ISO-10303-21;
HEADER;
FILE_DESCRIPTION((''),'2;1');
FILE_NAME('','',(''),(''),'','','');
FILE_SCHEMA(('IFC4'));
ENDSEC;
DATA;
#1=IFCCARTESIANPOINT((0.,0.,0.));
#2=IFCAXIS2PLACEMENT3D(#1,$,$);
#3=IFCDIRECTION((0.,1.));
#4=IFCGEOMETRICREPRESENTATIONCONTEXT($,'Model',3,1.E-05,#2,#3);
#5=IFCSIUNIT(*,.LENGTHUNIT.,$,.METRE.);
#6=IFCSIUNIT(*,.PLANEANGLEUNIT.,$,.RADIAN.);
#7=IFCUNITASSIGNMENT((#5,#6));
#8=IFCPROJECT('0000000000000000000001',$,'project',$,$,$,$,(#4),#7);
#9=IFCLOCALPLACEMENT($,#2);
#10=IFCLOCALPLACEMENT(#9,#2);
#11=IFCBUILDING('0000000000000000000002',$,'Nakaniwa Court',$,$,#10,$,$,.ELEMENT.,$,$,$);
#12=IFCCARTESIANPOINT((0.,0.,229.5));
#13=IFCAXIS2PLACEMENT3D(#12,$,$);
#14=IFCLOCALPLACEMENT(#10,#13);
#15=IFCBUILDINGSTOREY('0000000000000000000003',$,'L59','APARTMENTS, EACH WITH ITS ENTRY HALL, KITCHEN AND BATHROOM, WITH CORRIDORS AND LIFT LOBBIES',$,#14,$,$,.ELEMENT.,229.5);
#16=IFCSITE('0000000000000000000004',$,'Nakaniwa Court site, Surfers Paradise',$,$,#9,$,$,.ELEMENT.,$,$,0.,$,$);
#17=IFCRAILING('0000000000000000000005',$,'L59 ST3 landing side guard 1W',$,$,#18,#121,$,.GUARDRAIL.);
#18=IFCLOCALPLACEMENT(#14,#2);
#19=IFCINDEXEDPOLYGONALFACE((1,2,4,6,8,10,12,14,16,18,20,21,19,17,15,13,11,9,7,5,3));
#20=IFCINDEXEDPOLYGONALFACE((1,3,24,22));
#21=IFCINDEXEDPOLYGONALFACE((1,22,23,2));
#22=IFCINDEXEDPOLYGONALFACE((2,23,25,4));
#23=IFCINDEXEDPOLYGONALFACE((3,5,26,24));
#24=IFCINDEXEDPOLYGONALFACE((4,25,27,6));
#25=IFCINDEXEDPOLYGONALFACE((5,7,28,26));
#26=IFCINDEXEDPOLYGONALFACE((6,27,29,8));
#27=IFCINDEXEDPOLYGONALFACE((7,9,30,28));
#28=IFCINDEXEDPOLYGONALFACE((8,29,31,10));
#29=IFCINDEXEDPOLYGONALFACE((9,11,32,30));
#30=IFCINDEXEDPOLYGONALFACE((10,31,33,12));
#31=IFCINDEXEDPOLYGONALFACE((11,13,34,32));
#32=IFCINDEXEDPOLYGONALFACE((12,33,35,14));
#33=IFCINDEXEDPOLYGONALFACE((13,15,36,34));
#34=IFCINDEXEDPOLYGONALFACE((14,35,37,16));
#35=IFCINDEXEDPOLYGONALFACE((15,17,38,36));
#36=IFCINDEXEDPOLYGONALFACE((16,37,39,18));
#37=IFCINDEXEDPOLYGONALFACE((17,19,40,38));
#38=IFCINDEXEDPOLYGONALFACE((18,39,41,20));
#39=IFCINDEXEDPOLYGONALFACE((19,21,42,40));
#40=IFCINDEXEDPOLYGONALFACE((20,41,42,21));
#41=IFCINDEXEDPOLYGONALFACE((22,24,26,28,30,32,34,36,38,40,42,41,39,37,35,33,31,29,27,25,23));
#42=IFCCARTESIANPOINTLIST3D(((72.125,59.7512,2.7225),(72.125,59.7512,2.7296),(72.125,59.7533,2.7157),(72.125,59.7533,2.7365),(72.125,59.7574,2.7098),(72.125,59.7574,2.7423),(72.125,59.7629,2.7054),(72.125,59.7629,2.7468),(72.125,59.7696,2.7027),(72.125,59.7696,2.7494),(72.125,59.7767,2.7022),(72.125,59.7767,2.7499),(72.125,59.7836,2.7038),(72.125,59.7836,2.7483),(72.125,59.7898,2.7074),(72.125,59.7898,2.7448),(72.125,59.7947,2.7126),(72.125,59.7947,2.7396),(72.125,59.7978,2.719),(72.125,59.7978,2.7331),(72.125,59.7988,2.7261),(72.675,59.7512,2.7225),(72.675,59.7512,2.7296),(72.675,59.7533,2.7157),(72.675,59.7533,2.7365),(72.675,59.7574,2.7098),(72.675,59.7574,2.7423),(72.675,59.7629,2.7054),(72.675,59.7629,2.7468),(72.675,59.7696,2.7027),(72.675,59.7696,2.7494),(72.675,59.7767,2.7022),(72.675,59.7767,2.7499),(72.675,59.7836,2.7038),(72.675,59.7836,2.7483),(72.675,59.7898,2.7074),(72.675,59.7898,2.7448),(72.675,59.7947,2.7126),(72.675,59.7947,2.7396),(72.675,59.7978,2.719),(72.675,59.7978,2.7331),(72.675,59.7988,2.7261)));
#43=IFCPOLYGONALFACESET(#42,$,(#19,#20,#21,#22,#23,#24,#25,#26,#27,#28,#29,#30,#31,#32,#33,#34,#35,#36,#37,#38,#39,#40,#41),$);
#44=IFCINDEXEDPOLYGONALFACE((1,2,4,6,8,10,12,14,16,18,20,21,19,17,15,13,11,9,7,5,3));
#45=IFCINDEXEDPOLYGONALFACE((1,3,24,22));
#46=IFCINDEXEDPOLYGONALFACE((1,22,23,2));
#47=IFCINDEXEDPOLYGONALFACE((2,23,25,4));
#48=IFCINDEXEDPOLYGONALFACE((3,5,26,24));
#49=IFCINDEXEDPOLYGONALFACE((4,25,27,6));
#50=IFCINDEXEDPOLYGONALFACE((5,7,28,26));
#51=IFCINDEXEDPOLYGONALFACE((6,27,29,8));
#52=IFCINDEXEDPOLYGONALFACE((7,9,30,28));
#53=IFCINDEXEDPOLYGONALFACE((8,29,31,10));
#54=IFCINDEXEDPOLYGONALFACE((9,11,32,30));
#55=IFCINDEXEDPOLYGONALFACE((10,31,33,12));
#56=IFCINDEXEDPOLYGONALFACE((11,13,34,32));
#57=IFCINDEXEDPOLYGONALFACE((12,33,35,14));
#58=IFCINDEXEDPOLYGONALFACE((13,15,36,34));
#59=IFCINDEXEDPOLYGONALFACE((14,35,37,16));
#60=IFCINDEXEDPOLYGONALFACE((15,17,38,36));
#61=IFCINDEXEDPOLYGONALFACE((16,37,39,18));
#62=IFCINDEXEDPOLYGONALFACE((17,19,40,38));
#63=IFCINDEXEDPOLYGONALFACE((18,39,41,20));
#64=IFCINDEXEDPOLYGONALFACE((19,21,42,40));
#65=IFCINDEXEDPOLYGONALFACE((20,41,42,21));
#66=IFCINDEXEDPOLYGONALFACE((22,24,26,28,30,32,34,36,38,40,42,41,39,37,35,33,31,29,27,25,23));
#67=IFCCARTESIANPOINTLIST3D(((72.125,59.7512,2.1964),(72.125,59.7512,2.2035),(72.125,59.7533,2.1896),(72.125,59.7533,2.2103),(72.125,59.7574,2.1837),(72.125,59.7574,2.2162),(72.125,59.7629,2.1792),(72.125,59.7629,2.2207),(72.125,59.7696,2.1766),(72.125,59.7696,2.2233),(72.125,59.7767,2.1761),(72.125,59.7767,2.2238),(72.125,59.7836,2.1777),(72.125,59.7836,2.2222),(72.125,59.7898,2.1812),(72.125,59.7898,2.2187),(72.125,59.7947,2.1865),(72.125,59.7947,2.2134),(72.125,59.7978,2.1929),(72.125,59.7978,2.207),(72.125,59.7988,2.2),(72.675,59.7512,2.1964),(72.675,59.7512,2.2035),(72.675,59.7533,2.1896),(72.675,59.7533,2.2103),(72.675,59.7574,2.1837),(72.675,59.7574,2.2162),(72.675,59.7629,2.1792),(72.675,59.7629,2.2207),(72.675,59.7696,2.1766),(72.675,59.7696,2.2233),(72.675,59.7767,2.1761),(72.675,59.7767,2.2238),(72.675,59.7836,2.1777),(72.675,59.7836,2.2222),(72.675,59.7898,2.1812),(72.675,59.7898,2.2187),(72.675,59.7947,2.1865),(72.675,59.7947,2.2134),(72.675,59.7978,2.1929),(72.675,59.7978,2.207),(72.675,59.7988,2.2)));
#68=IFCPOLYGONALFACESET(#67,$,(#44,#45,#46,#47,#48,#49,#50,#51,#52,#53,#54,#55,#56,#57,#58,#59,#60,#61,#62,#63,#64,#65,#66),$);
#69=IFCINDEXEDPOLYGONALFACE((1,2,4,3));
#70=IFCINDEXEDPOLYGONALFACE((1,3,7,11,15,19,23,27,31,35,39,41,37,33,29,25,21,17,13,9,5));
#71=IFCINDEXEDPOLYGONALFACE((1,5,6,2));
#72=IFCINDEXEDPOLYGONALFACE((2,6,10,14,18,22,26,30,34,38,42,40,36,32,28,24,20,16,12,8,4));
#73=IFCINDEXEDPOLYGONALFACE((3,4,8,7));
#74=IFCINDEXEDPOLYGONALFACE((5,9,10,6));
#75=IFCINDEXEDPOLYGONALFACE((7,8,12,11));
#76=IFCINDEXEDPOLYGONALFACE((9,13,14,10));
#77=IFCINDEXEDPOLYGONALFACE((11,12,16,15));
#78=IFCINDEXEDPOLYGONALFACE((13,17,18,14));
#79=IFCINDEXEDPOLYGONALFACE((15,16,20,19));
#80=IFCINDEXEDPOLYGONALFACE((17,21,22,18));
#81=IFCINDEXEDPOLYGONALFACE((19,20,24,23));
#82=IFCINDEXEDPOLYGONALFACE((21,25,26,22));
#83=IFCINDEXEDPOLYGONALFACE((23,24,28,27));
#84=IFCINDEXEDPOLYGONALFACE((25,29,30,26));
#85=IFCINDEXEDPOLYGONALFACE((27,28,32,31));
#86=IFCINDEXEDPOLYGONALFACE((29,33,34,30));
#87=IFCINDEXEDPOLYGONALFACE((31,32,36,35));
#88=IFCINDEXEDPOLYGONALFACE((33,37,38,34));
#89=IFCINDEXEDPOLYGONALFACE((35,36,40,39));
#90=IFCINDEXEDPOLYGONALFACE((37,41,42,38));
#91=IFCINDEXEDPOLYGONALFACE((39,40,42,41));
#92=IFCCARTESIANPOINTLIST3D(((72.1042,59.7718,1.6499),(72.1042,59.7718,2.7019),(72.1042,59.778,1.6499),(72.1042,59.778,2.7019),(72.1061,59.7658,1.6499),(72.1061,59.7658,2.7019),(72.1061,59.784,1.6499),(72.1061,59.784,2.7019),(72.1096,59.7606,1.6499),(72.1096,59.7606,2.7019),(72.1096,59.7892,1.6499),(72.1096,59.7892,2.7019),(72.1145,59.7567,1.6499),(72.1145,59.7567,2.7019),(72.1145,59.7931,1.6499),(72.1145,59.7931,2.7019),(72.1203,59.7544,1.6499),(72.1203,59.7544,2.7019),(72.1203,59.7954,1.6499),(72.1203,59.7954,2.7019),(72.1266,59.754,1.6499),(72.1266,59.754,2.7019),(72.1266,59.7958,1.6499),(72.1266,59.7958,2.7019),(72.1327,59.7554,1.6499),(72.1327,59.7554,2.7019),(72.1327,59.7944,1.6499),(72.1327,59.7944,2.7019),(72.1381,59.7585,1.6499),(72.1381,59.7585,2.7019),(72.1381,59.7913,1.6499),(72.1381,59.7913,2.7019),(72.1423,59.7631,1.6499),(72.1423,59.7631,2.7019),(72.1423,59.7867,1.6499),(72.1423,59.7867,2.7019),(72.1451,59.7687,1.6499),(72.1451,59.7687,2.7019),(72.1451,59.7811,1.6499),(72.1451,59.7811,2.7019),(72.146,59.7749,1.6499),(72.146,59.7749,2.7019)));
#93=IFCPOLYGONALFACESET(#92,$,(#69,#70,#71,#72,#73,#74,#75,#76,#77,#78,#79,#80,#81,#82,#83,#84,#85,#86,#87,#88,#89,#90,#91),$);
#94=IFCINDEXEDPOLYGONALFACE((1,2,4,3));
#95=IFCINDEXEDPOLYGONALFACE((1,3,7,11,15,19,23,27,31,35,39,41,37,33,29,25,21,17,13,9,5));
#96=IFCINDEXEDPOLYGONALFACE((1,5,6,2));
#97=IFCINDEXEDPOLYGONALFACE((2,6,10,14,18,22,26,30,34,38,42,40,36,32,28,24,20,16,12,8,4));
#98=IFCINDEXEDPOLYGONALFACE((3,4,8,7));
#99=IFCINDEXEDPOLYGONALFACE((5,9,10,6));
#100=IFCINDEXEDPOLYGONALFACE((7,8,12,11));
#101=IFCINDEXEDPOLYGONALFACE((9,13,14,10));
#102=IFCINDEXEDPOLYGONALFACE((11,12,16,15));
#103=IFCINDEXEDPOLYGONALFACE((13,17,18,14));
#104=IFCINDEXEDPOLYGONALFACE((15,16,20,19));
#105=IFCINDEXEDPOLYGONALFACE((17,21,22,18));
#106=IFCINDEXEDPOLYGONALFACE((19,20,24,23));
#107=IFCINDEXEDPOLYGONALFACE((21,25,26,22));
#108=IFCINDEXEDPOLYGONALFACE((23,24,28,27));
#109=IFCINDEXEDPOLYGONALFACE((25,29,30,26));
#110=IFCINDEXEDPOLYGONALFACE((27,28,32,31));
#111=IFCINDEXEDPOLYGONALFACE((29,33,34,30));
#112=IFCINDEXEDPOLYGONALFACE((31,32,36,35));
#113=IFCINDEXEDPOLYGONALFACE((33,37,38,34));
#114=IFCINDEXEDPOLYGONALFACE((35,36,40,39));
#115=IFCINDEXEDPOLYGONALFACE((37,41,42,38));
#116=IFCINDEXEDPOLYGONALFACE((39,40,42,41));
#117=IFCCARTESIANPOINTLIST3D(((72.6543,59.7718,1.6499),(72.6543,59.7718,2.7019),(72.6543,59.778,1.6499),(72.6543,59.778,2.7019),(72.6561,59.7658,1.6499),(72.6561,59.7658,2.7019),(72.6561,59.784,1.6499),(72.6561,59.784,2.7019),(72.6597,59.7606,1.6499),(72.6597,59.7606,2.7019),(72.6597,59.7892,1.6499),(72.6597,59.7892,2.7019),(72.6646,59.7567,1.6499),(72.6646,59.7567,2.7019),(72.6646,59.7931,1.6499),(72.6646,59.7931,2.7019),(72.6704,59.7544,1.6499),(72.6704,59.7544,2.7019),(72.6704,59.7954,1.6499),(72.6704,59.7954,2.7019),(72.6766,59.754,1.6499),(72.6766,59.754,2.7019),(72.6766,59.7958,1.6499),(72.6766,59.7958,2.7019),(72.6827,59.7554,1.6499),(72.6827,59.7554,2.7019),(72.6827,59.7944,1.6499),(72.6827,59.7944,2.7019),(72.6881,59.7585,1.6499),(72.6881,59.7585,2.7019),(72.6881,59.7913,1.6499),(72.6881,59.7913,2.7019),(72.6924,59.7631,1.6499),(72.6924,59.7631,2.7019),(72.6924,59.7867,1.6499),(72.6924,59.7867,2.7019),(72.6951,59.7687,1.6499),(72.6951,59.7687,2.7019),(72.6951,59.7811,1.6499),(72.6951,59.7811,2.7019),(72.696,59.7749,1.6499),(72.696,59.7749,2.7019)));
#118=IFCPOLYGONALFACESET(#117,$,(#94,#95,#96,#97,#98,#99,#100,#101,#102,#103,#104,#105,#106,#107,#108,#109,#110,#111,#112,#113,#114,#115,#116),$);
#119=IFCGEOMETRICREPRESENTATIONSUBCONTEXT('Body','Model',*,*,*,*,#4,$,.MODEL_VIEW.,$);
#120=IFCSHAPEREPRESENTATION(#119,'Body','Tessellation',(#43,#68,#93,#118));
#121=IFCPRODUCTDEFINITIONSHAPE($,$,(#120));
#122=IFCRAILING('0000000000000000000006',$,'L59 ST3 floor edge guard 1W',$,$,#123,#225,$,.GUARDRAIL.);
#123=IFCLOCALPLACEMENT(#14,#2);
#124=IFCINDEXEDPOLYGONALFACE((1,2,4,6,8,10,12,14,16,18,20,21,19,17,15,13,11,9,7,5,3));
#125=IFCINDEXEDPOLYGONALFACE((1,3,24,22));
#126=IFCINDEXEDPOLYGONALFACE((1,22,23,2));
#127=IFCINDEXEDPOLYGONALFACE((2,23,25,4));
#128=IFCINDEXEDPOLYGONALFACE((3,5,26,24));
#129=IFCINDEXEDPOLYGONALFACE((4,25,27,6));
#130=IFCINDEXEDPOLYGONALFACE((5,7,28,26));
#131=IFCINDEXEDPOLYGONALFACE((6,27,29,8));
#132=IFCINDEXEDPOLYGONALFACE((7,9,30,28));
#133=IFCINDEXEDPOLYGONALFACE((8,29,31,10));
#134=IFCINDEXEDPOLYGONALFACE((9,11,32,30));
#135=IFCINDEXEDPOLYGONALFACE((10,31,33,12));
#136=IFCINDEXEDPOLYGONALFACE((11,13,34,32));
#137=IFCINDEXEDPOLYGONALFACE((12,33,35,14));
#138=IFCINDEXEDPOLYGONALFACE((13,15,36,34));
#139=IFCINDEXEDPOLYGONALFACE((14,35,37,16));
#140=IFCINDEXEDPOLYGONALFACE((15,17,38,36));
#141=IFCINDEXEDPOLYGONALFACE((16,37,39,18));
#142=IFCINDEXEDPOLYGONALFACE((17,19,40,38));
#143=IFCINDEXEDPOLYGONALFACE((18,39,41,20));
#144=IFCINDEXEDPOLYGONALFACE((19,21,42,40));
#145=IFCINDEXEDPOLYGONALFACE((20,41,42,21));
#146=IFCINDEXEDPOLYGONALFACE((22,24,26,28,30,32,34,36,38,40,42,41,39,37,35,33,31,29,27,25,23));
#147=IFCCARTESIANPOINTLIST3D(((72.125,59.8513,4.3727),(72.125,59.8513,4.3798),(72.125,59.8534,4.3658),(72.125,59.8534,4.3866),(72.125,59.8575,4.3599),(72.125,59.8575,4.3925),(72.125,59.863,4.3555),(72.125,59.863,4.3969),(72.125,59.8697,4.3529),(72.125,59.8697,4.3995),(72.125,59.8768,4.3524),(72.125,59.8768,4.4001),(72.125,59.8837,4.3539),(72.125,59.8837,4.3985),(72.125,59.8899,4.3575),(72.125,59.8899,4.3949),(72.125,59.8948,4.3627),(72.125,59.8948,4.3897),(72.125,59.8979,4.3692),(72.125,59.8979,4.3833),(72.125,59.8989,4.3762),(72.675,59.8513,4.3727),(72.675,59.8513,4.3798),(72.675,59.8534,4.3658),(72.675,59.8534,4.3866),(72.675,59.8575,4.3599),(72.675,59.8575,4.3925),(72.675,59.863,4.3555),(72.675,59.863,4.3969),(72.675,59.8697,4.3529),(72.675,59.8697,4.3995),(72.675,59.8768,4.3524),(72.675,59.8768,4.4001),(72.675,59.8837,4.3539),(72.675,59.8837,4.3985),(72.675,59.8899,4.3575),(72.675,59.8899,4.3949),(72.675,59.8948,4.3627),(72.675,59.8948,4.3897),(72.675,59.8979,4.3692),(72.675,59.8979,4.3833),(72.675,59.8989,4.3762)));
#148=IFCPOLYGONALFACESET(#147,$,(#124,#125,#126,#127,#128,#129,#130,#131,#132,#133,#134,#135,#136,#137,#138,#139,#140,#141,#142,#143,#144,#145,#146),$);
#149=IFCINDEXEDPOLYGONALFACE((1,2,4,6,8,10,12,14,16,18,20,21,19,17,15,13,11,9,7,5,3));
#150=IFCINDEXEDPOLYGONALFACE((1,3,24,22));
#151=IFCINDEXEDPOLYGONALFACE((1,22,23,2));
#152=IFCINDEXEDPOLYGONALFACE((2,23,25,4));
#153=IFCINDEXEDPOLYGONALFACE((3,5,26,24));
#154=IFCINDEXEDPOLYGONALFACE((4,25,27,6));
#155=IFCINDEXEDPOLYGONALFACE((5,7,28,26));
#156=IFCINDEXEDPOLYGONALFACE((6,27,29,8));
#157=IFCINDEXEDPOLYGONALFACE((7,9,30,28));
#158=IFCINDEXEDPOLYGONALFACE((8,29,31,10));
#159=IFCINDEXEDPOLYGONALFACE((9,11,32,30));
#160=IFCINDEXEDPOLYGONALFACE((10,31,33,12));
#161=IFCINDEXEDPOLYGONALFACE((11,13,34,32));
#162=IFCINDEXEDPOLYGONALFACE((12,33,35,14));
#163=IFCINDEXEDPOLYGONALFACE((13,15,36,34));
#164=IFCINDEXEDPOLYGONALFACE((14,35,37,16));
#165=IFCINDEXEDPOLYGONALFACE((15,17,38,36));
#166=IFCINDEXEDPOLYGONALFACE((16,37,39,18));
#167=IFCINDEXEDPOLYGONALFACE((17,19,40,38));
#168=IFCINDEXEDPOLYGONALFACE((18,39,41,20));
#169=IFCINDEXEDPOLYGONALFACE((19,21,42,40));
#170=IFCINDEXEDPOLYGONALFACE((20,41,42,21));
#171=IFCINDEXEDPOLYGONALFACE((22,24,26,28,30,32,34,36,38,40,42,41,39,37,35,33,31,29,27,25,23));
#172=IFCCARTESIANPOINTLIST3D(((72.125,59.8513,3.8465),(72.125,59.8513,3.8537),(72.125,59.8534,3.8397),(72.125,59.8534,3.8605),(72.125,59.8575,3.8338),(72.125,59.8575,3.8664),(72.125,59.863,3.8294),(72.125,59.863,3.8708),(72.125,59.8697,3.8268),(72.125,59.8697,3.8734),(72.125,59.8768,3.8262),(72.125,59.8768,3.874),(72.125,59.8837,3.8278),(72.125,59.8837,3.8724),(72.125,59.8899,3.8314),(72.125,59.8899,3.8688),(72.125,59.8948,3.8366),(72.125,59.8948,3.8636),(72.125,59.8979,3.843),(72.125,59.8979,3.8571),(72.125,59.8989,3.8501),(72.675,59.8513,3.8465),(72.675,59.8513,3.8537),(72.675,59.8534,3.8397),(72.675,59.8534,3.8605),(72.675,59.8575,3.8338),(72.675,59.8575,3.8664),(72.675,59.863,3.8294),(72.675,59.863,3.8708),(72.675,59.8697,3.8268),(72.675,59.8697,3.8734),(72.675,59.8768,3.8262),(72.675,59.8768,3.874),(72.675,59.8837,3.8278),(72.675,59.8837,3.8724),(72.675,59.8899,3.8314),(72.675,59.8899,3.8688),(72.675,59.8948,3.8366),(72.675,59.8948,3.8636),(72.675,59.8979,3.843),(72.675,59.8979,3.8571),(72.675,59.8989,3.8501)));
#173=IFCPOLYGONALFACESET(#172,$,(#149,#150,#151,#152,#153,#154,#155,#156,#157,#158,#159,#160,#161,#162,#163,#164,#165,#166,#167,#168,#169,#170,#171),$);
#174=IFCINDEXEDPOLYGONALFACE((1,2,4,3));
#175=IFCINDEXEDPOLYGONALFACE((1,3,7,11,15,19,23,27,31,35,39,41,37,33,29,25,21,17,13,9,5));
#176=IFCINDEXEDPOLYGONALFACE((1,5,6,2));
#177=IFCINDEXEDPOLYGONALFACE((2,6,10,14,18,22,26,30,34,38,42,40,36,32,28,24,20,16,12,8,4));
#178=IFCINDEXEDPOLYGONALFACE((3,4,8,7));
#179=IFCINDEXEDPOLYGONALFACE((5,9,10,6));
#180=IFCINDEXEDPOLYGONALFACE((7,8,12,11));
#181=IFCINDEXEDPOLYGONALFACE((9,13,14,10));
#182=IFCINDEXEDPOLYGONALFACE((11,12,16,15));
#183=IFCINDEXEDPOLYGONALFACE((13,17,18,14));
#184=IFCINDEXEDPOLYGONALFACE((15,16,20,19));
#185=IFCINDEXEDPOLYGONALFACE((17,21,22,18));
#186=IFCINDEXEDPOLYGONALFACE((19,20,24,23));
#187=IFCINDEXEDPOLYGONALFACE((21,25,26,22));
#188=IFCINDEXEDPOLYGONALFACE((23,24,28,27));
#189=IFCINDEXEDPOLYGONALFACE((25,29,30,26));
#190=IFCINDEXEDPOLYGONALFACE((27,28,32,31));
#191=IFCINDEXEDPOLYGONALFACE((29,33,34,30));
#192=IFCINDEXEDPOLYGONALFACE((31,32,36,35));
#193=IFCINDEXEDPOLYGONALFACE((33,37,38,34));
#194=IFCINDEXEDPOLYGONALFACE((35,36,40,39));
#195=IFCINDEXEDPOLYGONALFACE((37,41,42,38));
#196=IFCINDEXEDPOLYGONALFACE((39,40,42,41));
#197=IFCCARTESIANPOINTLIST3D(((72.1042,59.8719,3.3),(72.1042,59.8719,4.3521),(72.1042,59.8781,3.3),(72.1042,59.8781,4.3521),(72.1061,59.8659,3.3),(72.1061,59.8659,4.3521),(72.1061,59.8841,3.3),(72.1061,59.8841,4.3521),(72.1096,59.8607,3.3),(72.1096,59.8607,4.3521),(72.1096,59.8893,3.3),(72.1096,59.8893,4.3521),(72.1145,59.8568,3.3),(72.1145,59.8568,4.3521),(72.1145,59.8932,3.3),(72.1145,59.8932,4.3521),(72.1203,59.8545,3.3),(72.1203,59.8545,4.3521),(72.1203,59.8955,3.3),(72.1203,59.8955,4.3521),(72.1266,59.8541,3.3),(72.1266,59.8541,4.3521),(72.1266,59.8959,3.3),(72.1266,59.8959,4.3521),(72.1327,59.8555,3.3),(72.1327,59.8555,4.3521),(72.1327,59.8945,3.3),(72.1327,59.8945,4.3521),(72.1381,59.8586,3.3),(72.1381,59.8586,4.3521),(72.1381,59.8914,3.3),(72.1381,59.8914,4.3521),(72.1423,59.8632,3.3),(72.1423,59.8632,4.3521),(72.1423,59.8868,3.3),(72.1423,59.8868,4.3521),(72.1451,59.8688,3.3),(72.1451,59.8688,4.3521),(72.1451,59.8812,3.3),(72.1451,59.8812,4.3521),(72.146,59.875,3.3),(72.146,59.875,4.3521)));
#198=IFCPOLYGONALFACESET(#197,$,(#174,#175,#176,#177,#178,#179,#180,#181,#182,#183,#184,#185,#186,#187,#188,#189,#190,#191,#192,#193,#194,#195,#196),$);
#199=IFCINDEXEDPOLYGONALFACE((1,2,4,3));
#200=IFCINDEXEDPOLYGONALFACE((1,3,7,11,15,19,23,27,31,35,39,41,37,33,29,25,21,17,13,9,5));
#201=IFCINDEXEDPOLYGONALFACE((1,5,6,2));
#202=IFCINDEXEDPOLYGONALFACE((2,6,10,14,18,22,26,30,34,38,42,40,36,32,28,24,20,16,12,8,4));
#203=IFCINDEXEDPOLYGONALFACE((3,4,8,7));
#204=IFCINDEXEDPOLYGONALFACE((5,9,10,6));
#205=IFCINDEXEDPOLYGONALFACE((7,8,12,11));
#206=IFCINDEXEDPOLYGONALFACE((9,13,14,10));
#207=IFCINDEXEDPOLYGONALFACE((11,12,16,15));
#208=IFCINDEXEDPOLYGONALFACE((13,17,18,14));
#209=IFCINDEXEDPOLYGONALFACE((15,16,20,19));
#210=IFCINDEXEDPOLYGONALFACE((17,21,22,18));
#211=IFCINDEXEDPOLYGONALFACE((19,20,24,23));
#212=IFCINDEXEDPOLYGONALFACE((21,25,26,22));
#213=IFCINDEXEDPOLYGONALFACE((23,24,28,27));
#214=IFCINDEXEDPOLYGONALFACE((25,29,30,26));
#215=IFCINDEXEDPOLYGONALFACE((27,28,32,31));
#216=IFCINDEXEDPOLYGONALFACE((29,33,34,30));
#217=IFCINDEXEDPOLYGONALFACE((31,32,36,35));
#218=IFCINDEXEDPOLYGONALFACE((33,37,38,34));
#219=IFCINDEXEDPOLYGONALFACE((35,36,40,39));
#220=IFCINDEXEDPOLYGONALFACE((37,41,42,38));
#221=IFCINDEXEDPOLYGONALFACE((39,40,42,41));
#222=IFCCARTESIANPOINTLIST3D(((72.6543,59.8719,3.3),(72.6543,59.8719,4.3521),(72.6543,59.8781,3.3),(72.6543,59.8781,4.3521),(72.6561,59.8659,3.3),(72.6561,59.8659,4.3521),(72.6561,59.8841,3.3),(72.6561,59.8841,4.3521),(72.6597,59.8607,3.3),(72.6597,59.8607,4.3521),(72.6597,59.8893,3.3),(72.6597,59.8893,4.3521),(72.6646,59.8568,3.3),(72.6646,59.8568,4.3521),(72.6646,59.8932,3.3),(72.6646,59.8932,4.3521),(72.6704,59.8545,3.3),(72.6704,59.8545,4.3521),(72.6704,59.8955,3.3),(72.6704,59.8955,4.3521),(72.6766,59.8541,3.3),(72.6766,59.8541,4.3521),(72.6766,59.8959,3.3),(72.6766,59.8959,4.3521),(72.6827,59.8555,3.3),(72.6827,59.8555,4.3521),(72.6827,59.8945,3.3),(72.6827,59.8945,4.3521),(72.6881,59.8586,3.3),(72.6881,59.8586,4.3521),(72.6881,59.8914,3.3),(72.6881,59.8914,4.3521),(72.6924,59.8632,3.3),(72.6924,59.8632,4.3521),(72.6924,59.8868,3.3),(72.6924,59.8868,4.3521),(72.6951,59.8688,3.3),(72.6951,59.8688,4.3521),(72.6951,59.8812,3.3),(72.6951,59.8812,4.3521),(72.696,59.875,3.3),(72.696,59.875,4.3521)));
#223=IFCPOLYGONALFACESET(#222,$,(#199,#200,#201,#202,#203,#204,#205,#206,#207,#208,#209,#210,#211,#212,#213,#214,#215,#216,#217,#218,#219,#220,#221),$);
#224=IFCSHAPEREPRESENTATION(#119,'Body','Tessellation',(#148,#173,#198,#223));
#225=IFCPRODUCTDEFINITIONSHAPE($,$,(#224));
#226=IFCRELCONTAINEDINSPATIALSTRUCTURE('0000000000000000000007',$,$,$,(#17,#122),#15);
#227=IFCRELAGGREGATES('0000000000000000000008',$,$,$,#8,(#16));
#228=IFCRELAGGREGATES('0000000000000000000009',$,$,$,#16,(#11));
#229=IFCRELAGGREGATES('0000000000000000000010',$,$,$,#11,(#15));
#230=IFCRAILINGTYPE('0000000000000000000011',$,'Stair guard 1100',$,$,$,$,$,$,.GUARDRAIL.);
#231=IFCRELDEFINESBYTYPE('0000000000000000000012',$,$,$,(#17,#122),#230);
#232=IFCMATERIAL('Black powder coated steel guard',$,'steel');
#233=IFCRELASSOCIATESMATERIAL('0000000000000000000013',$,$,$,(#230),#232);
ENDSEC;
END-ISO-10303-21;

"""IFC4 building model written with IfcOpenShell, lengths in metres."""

from ifc_helpers import new_model, si_unit, direction, frame, origin, origin_2d, place, context, subcontext, project, spatial, circle, extrude, material, type_object, element, save


model = new_model("IFC4")

# Units and contexts
model_context = context("Model", 3, precision=1e-05, world=origin(), true_north=direction((0.0, 1.0)))
body_context = subcontext(model_context, "Body", "Model", "MODEL_VIEW")
ifc_project = project(units=[si_unit("LENGTHUNIT", "METRE"), si_unit("PLANEANGLEUNIT", "RADIAN")], contexts=[model_context])

# Site, building, storey
site_placement = place(None, origin())
site = spatial("IfcSite", under=ifc_project, at=site_placement, Name="Nakaniwa Court site, Surfers Paradise", CompositionType="ELEMENT", RefElevation=0.0)
building_placement = place(site_placement, origin())
building = spatial("IfcBuilding", under=site, at=building_placement, Name="Nakaniwa Court", CompositionType="ELEMENT")
storey_placement = place(building_placement, frame((0.0, 0.0, 229.5)))
storey = spatial("IfcBuildingStorey", under=building, at=storey_placement, Name="L59", Description="APARTMENTS, EACH WITH ITS ENTRY HALL, KITCHEN AND BATHROOM, WITH CORRIDORS AND LIFT LOBBIES", CompositionType="ELEMENT", Elevation=229.5)

# Railings
ifc_material_1 = material(Name="Black powder coated steel guard", Category="steel")
railing_type_1 = type_object("IfcRailingType", Name="Stair guard 1100", PredefinedType="GUARDRAIL", material=ifc_material_1)
for number, where, name in (
    (1, (72.125, 59.7749, 1.6499), "L59 ST3 landing side guard 1W"),
    (2, (72.125, 59.875, 3.3), "L59 ST3 floor edge guard 1W"),
):
    element("IfcRailing", number, at=place(storey_placement, frame(where)), inside=storey, type_object=railing_type_1, Name=name, PredefinedType="GUARDRAIL", context=body_context, shape_type="SweptSolid", body=[
        extrude(circle(Radius=0.0239, at=origin_2d()), frame((0.0, 0.0, 1.0762), z_axis=(1.0, 0.0, 0.0), x_axis=(0.0, 1.0, 0.0)), (0.0, 0.0, 1.0), 0.55),
        extrude(circle(Radius=0.0239, at=origin_2d()), frame((0.0, 0.0, 0.55), z_axis=(1.0, 0.0, 0.0), x_axis=(0.0, 1.0, 0.0)), (0.0, 0.0, 1.0), 0.55),
        extrude(circle(Radius=0.021, at=origin_2d()), origin(), (0.0, 0.0, 1.0), 1.052),
        extrude(circle(Radius=0.021, at=origin_2d()), frame((0.55, 0.0, 0.0)), (0.0, 0.0, 1.0), 1.052),
    ])

save(model, "model.ifc")
